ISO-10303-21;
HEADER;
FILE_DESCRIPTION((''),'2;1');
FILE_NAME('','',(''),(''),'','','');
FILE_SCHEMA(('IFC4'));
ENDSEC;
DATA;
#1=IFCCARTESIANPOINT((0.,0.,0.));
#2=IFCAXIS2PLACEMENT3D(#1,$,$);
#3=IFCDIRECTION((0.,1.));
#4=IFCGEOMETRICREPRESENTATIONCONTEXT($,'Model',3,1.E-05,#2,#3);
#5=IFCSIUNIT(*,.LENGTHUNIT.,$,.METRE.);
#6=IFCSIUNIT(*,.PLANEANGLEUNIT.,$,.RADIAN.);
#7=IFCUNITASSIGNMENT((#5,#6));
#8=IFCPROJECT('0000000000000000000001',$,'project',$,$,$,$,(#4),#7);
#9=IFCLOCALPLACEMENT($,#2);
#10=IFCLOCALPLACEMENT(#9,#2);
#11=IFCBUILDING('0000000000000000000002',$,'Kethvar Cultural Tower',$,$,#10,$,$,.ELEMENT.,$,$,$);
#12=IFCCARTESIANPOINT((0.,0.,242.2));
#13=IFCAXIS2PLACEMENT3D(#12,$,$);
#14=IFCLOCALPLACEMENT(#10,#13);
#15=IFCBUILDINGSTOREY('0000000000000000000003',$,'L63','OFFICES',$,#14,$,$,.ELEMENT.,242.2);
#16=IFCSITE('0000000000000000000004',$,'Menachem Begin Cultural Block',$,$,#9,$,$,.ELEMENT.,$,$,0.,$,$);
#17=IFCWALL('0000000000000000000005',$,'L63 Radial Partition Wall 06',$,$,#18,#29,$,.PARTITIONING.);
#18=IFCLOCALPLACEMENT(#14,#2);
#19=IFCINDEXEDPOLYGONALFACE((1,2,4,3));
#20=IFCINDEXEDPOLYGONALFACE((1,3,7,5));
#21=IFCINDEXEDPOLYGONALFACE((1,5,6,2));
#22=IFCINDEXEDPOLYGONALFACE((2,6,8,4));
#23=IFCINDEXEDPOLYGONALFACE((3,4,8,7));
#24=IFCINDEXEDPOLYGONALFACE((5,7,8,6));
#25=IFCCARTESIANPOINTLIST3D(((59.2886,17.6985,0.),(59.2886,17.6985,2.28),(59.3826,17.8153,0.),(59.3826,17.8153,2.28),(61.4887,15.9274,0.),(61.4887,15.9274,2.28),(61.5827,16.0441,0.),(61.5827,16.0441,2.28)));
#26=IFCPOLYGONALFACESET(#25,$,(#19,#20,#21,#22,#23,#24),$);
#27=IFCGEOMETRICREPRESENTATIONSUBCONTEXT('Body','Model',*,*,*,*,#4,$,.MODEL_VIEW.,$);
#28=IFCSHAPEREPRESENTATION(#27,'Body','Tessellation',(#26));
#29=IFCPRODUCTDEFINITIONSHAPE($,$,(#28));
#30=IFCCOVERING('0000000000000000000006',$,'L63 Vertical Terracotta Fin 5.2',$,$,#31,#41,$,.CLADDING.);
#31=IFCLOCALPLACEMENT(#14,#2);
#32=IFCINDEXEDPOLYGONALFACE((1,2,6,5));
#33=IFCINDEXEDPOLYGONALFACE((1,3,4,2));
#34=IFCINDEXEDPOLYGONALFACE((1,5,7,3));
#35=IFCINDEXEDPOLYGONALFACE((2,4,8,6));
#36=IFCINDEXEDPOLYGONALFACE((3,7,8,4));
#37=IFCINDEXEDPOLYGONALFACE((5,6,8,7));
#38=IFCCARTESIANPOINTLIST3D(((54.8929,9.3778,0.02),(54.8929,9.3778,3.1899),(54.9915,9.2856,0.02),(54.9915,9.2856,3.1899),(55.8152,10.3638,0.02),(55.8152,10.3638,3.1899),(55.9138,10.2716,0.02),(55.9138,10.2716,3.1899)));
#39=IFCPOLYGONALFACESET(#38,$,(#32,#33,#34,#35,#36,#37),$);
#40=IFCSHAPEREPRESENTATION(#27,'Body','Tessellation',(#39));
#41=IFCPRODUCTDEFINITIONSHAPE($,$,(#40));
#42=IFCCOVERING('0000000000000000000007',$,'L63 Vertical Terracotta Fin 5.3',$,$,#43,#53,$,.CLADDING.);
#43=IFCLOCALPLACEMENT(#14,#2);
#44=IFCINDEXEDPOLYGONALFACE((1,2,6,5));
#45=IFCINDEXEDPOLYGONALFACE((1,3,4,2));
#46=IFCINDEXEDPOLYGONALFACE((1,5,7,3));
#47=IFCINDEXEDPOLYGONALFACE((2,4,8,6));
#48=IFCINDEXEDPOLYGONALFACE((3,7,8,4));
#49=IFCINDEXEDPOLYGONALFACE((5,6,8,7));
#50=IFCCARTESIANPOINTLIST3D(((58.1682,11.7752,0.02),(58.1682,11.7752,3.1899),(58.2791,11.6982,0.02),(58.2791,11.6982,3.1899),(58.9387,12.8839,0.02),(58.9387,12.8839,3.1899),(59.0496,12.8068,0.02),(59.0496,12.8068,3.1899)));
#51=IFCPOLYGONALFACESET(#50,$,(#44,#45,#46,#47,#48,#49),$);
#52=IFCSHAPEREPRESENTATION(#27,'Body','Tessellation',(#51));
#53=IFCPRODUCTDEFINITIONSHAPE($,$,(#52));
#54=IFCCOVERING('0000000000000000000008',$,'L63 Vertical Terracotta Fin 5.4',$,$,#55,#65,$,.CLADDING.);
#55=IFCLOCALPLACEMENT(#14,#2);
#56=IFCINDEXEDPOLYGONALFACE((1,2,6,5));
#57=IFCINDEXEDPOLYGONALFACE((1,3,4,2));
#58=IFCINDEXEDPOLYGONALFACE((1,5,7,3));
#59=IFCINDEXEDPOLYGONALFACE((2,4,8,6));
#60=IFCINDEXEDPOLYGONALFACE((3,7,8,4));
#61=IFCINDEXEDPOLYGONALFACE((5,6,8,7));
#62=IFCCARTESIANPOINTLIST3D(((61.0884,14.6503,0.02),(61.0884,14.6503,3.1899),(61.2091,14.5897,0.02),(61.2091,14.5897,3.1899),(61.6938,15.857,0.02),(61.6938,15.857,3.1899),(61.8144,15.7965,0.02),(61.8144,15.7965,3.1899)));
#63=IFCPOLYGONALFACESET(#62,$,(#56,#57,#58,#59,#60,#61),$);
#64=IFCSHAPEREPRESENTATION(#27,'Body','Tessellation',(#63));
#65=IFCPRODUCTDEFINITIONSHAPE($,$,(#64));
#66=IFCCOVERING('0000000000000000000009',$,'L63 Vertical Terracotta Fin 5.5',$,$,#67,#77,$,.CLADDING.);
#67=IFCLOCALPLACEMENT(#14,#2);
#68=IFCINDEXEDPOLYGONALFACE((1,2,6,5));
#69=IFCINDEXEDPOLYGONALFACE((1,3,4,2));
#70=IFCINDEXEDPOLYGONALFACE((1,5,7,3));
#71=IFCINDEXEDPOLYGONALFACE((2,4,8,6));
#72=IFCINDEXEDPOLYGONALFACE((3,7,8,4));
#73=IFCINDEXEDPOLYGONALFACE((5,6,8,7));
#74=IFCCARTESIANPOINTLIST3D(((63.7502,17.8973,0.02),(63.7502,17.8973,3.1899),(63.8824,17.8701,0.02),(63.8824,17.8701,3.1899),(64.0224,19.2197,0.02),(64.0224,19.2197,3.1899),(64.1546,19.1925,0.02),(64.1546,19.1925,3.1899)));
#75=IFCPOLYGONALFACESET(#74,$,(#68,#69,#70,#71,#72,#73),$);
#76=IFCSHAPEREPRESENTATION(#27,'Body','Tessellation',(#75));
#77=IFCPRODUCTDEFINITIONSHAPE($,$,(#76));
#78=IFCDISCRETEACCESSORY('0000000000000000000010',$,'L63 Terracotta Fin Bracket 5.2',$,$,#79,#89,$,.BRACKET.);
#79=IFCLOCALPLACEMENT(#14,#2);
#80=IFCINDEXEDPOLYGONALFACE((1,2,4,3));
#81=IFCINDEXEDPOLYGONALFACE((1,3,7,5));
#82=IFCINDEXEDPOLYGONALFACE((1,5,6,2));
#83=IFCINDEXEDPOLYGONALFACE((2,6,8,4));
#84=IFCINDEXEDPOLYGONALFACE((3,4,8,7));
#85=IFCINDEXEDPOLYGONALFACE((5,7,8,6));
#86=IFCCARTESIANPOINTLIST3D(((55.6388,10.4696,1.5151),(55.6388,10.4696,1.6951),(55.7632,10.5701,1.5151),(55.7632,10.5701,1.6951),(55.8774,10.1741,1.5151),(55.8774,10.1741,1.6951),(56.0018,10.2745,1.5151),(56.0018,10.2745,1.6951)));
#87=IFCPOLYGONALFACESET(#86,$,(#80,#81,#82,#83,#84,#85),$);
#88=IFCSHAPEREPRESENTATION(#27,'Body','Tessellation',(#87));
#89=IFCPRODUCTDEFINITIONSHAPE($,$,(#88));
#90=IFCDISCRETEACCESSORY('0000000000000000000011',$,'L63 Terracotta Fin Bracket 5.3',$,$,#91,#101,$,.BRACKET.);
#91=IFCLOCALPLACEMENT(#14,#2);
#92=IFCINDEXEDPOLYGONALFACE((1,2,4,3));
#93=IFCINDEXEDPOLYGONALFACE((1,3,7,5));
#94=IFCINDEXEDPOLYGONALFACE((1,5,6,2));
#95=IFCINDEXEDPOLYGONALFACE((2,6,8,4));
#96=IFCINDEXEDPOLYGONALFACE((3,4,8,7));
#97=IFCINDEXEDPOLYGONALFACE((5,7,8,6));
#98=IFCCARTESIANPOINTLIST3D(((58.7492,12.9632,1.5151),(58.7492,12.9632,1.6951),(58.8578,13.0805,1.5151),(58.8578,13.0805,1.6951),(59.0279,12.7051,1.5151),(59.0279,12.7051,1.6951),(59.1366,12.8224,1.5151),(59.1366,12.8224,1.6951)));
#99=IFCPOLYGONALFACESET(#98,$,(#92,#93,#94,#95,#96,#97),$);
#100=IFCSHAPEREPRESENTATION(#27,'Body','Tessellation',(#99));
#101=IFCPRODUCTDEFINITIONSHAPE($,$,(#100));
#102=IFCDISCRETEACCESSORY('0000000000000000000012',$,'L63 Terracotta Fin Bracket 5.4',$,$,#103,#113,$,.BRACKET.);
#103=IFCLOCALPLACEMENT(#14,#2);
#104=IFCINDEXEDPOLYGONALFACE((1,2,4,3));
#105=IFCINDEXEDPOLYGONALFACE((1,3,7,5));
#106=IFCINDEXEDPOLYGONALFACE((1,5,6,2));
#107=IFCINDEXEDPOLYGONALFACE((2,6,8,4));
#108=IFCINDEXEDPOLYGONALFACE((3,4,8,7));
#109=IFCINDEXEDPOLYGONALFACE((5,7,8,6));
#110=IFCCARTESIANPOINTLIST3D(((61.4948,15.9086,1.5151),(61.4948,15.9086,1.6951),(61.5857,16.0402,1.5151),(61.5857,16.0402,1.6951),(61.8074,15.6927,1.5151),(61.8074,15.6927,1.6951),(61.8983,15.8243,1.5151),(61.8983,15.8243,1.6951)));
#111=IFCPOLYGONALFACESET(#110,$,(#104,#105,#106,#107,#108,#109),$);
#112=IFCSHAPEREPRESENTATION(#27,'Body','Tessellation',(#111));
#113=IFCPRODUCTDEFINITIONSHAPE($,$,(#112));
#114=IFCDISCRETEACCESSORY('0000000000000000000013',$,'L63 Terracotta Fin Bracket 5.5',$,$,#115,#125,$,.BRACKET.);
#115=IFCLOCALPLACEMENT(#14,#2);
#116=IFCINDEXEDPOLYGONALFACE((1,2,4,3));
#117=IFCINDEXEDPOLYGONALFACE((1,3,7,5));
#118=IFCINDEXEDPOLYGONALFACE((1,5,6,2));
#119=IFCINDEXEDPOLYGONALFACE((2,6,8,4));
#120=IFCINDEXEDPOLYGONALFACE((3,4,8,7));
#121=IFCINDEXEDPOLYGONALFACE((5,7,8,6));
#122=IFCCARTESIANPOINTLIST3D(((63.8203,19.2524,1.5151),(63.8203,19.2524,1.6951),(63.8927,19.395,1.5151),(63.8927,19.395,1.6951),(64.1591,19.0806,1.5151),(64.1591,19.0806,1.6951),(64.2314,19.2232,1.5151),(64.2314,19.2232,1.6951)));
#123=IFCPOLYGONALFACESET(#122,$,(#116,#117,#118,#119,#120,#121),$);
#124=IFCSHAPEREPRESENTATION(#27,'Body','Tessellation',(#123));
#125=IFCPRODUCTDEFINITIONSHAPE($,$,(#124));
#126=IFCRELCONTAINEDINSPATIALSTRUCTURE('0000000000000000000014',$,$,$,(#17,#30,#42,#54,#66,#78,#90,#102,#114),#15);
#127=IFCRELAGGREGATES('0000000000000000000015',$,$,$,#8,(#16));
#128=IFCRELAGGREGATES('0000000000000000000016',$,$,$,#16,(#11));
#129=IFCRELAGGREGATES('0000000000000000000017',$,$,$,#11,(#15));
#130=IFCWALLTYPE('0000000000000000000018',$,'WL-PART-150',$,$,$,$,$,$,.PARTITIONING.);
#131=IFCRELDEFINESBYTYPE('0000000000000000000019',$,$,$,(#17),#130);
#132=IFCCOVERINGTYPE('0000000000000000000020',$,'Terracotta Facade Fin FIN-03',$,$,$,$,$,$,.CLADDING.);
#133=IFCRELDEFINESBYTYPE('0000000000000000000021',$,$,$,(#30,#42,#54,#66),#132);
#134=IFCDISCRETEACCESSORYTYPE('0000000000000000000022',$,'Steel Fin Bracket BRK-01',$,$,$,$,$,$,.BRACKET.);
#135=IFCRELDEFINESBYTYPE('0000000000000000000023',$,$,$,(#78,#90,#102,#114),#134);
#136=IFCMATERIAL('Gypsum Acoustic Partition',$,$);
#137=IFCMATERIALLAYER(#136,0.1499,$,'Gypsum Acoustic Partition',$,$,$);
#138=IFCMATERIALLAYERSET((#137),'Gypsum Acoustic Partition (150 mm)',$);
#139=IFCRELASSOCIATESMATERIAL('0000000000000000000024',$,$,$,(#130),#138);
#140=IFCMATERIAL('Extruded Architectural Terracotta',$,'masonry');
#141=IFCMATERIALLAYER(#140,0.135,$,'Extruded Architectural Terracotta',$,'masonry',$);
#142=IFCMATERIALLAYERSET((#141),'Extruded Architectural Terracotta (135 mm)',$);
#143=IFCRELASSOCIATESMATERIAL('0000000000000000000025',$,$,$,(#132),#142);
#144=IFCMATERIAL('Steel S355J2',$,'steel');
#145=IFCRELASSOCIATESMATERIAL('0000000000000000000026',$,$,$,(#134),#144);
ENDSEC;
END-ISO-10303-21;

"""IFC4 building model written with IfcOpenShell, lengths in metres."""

from ifc_helpers import new_model, si_unit, direction, frame, frame_2d, origin, origin_2d, place, context, subcontext, project, spatial, rectangle, extrude, source, transform, mapped, material, layer, layer_set, type_object, element, save


model = new_model("IFC4")

# Units and contexts
model_context = context("Model", 3, precision=1e-05, world=origin(), true_north=direction((0.0, 1.0)))
body_context = subcontext(model_context, "Body", "Model", "MODEL_VIEW")
ifc_project = project(units=[si_unit("LENGTHUNIT", "METRE"), si_unit("PLANEANGLEUNIT", "RADIAN")], contexts=[model_context])

# Site, building, storey
site_placement = place(None, origin())
site = spatial("IfcSite", under=ifc_project, at=site_placement, Name="Menachem Begin Cultural Block", CompositionType="ELEMENT", RefElevation=0.0)
building_placement = place(site_placement, origin())
building = spatial("IfcBuilding", under=site, at=building_placement, Name="Kethvar Cultural Tower", CompositionType="ELEMENT")
storey_placement = place(building_placement, frame((0.0, 0.0, 242.2)))
storey = spatial("IfcBuildingStorey", under=building, at=storey_placement, Name="L63", Description="OFFICES", CompositionType="ELEMENT", Elevation=242.2)

# Shared definitions
ifc_material_1 = material(Name="Steel S355J2", Category="steel")

# Wall
ifc_material_2 = material(Name="Gypsum Acoustic Partition")
ifc_layer_1 = layer(ifc_material_2, 0.1499, Name="Gypsum Acoustic Partition")
ifc_layer_set_1 = layer_set([ifc_layer_1], Name="Gypsum Acoustic Partition (150 mm)")
wall_type_1 = type_object("IfcWallType", Name="WL-PART-150", PredefinedType="PARTITIONING", material=ifc_layer_set_1)
wall_1_placement = place(storey_placement, frame((59.3357, 17.7568, 0.0), z_axis=(0.0, 0.0, 1.0), x_axis=(0.778951, -0.627085, 0.0)))
element("IfcWall", 1, at=wall_1_placement, inside=storey, type_object=wall_type_1, Name="L63 Radial Partition Wall 06", PredefinedType="PARTITIONING", context=body_context, shape_type="SweptSolid", body=[
    extrude(rectangle(XDim=2.8245, YDim=0.1499, at=frame_2d((1.4121, 0.0))), origin(), (0.0, 0.0, 1.0), 2.28),
])

# Coverings
ifc_material_3 = material(Name="Extruded Architectural Terracotta", Category="masonry")
ifc_layer_2 = layer(ifc_material_3, 0.135, Name="Extruded Architectural Terracotta", Category="masonry")
ifc_layer_set_2 = layer_set([ifc_layer_2], Name="Extruded Architectural Terracotta (135 mm)")
covering_type = type_object("IfcCoveringType", Name="Terracotta Facade Fin FIN-03", PredefinedType="CLADDING", material=ifc_layer_set_2)
shared_shape_1 = source(origin(), body_context, "Body", "SweptSolid", [
    extrude(rectangle(XDim=1.3501, YDim=0.135, at=origin_2d()), origin(), (0.0, 0.0, 1.0), 3.1699),
])
for number, where, z_axis, x_axis, name in (
    (2, (55.4033, 9.8247, 0.02), (0.0, 0.0, 1.0), (-0.683146, -0.730282, 0.0), "L63 Vertical Terracotta Fin 5.2"),
    (3, (58.6089, 12.291, 0.02), (0.0, 0.0, 1.0), (-0.570714, -0.821149, 0.0), "L63 Vertical Terracotta Fin 5.3"),
    (4, (61.4514, 15.2234, 0.02), (0.0, 0.0, 1.0), (-0.448383, -0.893841, 0.0), "L63 Vertical Terracotta Fin 5.4"),
    (5, (63.9524, 18.5449, 0.02), (0.0, 0.0, 1.0), (-0.201591, -0.97947, 0.0), "L63 Vertical Terracotta Fin 5.5"),
):
    element("IfcCovering", number, at=place(storey_placement, frame(where, z_axis=z_axis, x_axis=x_axis)), inside=storey, type_object=covering_type, Name=name, PredefinedType="CLADDING", context=body_context, shape_type="MappedRepresentation", body=[
        mapped(shared_shape_1, transform((0.0, 0.0, 0.0), scale=1.0)),
    ])

# Discrete accessories
discrete_accessory_type = type_object("IfcDiscreteAccessoryType", Name="Steel Fin Bracket BRK-01", PredefinedType="BRACKET", material=ifc_material_1)
shared_shape_2 = source(origin(), body_context, "Body", "SweptSolid", [
    extrude(rectangle(XDim=0.3799, YDim=0.1599, at=origin_2d()), origin(), (0.0, 0.0, 1.0), 0.1799),
])
for number, where, z_axis, x_axis, name in (
    (6, (55.8203, 10.3721, 1.5151), (0.0, 0.0, 1.0), (0.628099, -0.778134, 0.0), "L63 Terracotta Fin Bracket 5.2"),
    (7, (58.9429, 12.8928, 1.5151), (0.0, 0.0, 1.0), (0.73373, -0.679441, 0.0), "L63 Terracotta Fin Bracket 5.3"),
    (8, (61.6965, 15.8665, 1.5151), (0.0, 0.0, 1.0), (0.82274, -0.568418, 0.0), "L63 Terracotta Fin Bracket 5.4"),
    (9, (64.0259, 19.2378, 1.5151), (0.0, 0.0, 1.0), (0.891798, -0.452435, 0.0), "L63 Terracotta Fin Bracket 5.5"),
):
    element("IfcDiscreteAccessory", number, at=place(storey_placement, frame(where, z_axis=z_axis, x_axis=x_axis)), inside=storey, type_object=discrete_accessory_type, Name=name, PredefinedType="BRACKET", context=body_context, shape_type="MappedRepresentation", body=[
        mapped(shared_shape_2, transform((0.0, 0.0, 0.0), scale=1.0)),
    ])

save(model, "model.ifc")
